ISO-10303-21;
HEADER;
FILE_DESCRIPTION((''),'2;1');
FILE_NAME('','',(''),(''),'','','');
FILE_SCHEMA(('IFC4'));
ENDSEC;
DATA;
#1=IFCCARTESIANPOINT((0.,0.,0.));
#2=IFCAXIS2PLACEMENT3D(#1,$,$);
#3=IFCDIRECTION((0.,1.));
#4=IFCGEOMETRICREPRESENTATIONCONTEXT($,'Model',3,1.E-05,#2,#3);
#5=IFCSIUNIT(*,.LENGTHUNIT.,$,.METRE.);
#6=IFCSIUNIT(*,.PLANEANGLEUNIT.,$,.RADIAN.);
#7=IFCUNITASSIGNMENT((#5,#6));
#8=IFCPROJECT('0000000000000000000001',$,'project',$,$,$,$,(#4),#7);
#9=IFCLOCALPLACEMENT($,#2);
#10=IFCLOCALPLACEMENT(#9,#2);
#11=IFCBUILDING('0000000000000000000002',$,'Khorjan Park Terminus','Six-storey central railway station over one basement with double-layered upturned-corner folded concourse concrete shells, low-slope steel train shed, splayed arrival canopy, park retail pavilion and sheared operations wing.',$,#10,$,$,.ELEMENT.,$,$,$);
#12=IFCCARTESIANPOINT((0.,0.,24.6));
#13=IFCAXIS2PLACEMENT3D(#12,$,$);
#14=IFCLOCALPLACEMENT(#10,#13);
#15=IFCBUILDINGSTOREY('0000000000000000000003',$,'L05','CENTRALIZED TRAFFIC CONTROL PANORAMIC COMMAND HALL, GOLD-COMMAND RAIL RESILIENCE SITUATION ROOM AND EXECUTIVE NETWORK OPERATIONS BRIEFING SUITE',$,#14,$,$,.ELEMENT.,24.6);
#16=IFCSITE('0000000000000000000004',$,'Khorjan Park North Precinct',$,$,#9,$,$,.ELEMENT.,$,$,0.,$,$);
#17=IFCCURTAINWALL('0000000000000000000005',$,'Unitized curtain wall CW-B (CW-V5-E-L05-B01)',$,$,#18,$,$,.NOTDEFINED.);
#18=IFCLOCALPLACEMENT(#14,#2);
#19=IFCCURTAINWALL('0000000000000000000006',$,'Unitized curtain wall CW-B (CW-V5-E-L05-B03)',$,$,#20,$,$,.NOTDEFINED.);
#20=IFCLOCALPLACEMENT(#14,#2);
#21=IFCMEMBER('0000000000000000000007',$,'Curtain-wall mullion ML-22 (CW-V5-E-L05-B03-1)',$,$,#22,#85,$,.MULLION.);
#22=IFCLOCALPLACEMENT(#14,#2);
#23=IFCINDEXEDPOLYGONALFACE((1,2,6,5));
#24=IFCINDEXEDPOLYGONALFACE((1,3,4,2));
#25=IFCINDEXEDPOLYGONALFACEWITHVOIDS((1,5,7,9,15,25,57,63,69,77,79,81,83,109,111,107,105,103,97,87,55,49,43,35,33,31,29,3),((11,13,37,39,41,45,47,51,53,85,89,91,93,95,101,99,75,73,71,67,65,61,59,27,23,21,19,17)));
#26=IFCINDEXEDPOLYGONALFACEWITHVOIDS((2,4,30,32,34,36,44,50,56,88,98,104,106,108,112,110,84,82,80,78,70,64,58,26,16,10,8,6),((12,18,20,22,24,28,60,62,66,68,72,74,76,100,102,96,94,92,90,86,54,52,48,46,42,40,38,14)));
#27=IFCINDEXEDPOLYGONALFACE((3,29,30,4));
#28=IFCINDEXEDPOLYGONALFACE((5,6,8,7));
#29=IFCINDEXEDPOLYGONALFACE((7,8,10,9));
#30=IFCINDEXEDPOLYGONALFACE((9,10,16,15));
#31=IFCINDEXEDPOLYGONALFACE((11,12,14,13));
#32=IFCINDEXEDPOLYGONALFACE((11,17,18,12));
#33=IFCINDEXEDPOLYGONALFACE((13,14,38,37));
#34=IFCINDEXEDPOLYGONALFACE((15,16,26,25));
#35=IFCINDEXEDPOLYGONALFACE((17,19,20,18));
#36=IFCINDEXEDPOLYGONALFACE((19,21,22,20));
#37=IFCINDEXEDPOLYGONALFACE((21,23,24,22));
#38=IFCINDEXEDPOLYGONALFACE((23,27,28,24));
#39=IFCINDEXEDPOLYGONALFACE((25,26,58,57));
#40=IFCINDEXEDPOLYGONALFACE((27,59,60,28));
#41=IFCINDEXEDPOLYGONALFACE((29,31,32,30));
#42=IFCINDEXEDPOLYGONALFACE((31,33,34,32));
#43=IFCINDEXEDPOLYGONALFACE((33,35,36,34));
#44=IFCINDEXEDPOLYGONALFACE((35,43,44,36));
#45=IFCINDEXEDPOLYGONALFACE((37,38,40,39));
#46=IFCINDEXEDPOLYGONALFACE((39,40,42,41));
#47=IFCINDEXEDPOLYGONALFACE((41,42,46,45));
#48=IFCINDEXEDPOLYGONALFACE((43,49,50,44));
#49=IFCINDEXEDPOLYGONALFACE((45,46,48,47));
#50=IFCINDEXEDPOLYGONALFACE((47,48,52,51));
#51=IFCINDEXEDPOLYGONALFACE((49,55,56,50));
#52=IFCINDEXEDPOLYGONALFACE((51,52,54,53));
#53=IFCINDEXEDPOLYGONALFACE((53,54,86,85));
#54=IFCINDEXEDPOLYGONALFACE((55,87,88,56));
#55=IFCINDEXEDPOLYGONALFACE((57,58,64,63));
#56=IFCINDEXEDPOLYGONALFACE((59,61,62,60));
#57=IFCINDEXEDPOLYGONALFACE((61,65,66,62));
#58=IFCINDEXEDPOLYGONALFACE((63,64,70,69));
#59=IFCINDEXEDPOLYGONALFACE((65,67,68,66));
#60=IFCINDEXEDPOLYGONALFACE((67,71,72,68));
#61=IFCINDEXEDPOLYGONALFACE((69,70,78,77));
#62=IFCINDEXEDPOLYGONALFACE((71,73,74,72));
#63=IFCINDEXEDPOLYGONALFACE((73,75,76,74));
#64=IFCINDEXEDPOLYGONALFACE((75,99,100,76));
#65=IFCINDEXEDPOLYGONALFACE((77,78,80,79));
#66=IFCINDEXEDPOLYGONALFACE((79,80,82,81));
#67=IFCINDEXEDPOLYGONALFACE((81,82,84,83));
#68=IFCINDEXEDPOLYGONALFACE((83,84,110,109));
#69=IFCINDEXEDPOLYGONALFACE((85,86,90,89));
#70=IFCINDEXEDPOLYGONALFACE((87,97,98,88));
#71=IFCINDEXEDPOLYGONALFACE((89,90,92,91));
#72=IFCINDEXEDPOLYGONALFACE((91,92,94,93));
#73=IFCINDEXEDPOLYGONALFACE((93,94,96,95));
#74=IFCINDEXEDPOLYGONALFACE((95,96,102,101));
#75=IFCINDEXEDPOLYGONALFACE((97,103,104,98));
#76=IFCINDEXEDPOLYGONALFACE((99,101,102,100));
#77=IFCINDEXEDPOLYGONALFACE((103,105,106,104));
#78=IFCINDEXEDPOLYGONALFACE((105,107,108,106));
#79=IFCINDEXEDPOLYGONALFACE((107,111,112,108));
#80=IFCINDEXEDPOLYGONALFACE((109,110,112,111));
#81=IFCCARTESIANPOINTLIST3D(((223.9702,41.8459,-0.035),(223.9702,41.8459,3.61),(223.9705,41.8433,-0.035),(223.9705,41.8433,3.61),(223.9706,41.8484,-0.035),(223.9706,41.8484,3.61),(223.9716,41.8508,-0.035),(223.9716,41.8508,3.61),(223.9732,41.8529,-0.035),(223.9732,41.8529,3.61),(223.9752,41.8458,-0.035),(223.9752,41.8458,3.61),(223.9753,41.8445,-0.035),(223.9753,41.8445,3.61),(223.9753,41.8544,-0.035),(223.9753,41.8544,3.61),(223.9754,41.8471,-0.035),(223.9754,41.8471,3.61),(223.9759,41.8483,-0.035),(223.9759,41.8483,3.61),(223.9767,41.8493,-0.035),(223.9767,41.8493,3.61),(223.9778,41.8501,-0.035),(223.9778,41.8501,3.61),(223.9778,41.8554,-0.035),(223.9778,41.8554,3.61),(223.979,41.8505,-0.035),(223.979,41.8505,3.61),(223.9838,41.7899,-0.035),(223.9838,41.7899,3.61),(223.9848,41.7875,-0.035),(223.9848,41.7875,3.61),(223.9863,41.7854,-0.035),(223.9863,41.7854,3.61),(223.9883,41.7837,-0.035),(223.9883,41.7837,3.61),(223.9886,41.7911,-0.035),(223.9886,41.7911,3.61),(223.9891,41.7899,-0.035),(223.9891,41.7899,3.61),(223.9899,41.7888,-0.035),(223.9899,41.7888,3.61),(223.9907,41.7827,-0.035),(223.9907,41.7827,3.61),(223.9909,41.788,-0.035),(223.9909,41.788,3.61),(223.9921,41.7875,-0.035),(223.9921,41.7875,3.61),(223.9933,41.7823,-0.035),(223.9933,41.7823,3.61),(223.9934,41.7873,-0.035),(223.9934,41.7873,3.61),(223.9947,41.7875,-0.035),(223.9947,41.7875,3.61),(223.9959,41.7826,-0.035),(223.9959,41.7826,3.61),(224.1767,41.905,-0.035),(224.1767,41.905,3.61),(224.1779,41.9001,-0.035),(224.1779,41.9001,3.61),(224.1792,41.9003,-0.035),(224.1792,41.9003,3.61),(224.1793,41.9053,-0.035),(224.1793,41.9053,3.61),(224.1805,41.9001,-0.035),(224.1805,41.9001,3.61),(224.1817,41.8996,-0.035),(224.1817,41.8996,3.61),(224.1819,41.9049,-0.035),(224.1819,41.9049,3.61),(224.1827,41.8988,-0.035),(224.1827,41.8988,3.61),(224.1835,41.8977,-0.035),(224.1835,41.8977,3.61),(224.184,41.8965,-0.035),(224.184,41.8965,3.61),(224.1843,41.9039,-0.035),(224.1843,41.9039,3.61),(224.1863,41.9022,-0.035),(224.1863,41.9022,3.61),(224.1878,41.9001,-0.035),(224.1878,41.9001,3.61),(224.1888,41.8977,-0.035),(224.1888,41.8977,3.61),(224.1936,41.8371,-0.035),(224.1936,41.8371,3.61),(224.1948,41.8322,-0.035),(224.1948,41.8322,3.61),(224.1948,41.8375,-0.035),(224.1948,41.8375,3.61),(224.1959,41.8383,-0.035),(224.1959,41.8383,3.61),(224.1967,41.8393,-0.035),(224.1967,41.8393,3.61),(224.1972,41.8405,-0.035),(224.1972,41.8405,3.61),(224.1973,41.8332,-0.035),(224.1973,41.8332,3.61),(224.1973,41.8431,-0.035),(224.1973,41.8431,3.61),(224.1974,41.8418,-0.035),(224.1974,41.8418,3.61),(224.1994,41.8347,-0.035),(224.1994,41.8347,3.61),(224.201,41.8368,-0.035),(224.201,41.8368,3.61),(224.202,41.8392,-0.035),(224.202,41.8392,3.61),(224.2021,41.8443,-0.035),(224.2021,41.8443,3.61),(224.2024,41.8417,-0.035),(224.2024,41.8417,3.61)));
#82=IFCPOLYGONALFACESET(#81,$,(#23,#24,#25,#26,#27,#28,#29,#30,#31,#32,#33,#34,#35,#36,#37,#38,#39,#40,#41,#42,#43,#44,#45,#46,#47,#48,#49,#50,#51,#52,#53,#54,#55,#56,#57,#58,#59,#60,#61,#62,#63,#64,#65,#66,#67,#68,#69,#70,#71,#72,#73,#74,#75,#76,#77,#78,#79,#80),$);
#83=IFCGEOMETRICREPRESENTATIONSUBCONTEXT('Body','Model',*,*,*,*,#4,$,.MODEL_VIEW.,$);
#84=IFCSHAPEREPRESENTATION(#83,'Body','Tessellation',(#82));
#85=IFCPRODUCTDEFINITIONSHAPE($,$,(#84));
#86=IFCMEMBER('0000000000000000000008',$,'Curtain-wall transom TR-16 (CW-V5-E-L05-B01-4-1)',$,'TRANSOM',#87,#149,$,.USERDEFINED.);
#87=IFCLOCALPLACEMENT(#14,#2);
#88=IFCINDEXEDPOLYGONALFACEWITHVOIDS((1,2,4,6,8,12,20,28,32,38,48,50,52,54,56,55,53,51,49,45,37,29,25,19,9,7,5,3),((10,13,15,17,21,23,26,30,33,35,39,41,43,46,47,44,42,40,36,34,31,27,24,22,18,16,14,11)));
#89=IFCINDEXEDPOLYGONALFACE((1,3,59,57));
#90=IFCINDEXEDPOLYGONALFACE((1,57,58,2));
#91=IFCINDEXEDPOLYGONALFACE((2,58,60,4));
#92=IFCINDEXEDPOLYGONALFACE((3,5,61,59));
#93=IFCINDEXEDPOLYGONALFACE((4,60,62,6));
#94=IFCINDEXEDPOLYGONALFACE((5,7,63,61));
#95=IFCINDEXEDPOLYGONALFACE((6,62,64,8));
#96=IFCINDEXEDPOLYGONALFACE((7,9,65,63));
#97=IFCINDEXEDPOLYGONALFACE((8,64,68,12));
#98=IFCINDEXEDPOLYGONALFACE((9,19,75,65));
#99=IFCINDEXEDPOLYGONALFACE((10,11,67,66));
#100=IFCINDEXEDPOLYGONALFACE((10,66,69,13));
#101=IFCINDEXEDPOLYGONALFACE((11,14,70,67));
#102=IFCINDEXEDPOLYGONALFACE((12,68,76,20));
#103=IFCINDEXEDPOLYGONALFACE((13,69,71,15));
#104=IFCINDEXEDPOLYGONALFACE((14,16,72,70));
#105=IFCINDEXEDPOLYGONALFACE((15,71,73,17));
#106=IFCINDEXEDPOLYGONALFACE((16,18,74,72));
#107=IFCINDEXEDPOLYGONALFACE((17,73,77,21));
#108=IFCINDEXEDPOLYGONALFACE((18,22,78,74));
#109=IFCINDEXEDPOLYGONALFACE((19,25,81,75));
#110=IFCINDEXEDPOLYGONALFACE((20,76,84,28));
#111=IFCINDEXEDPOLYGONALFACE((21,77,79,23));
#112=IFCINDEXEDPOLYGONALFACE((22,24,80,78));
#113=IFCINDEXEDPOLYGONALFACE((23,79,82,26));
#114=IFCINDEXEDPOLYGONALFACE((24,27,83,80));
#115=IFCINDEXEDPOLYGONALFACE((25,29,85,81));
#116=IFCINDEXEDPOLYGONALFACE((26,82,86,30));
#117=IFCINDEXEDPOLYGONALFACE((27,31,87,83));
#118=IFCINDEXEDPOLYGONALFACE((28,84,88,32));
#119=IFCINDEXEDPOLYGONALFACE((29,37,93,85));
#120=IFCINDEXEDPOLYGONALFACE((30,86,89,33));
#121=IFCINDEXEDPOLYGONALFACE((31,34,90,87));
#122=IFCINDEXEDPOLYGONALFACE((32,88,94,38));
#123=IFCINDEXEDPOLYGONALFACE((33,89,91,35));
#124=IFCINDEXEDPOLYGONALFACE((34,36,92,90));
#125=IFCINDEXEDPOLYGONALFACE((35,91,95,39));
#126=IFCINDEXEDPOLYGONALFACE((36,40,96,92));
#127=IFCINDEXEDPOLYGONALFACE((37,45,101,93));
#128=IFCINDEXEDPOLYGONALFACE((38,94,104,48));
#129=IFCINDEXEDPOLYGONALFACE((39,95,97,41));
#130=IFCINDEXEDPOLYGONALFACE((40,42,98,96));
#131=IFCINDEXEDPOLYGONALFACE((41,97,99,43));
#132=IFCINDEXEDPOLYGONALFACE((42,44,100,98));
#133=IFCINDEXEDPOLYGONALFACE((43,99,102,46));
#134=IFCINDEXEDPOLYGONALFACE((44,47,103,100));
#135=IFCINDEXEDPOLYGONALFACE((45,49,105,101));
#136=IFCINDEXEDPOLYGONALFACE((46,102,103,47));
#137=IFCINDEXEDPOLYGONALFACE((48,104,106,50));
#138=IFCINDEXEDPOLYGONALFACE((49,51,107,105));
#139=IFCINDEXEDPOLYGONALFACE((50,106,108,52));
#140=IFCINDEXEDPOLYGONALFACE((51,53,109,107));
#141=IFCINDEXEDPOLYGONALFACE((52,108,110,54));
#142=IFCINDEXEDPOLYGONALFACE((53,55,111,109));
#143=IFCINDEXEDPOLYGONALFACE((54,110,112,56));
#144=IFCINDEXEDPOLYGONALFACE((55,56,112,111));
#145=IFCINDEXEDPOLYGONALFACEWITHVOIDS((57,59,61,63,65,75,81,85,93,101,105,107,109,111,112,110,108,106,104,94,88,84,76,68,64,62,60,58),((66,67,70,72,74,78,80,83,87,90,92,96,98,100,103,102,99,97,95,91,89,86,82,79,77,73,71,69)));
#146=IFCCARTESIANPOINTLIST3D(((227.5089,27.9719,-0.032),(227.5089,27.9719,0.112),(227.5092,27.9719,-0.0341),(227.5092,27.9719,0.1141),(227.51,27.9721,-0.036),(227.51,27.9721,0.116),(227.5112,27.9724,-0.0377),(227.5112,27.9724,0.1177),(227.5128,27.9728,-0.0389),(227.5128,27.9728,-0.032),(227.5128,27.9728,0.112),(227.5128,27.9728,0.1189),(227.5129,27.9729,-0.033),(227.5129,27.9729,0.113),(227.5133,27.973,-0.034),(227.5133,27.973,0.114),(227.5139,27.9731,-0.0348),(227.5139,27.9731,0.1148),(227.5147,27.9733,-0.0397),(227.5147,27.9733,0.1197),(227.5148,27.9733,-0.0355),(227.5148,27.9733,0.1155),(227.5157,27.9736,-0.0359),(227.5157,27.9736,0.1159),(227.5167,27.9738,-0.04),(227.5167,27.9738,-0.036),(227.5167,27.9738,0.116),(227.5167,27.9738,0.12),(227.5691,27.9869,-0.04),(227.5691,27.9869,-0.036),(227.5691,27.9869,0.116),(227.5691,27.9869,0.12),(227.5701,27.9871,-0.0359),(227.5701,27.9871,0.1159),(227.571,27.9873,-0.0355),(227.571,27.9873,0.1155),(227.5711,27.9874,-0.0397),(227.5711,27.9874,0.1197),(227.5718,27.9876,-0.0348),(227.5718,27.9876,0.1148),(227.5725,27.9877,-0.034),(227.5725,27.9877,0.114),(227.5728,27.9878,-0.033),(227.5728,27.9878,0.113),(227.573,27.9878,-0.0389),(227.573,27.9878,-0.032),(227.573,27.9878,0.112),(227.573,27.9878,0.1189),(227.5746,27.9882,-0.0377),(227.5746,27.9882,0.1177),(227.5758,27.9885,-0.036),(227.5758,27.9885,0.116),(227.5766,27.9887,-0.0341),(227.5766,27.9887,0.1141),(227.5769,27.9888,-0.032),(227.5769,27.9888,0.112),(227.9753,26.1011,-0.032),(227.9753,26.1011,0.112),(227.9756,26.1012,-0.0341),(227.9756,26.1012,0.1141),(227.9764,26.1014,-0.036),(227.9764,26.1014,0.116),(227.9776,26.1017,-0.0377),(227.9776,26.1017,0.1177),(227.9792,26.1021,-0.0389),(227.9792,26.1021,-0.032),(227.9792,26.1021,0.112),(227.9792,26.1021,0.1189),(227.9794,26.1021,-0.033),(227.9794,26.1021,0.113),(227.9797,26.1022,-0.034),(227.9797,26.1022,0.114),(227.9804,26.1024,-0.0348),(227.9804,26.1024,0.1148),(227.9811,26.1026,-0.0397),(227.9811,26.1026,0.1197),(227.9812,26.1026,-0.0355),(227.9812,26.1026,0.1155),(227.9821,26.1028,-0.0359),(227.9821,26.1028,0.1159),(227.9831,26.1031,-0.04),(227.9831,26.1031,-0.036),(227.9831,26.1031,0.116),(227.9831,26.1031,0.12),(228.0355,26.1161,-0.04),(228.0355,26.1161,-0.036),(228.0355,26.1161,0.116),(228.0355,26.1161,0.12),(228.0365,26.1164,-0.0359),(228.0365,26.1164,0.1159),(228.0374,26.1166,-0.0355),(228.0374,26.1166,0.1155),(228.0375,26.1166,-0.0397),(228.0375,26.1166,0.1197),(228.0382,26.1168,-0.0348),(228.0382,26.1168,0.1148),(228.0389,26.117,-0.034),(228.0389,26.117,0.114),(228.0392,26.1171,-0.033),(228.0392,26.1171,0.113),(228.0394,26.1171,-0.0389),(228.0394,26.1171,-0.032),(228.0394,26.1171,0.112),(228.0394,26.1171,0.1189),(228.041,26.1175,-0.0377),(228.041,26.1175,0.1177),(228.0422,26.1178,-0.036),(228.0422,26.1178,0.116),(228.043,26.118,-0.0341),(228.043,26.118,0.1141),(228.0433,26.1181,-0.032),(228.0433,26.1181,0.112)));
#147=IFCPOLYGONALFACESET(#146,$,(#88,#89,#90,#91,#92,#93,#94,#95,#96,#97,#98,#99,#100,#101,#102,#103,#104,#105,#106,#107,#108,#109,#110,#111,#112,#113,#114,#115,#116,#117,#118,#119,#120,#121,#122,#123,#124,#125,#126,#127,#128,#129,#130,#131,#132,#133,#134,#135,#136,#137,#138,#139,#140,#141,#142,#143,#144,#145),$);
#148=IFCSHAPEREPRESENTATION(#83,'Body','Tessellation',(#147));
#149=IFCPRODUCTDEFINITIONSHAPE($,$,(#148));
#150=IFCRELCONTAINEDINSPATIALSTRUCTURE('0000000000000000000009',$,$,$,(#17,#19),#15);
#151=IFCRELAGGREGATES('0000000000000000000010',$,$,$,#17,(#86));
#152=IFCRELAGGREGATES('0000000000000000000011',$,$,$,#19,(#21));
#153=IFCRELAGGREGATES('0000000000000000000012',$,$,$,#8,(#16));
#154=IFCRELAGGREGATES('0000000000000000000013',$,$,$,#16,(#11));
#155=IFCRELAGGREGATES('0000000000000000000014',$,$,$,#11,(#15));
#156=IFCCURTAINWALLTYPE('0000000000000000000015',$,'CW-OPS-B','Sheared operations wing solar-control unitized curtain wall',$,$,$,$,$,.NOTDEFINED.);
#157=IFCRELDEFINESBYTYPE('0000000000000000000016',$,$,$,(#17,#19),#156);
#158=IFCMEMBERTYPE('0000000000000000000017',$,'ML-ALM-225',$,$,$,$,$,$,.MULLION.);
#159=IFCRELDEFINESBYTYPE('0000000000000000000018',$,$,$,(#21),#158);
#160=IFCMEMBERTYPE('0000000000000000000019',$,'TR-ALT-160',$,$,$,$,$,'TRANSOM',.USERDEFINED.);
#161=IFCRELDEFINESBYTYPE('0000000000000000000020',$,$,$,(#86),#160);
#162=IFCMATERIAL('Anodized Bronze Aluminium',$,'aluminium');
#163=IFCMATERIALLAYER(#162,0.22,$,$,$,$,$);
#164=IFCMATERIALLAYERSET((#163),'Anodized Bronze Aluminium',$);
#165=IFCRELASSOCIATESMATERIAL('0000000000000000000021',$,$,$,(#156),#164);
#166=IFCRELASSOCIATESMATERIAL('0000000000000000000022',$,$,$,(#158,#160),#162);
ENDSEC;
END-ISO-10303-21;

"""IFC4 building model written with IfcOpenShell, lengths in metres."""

from ifc_helpers import new_model, si_unit, direction, frame, origin, origin_2d, place, context, subcontext, project, spatial, hollow_rectangle, extrude, material, layer, layer_set, material_profile, profile_set, type_object, element, aggregate, save


model = new_model("IFC4")

# Units and contexts
model_context = context("Model", 3, precision=1e-05, world=origin(), true_north=direction((0.0, 1.0)))
body_context = subcontext(model_context, "Body", "Model", "MODEL_VIEW")
ifc_project = project(units=[si_unit("LENGTHUNIT", "METRE"), si_unit("PLANEANGLEUNIT", "RADIAN")], contexts=[model_context])

# Site, building, storey
site_placement = place(None, origin())
site = spatial("IfcSite", under=ifc_project, at=site_placement, Name="Khorjan Park North Precinct", CompositionType="ELEMENT", RefElevation=0.0)
building_placement = place(site_placement, origin())
building = spatial("IfcBuilding", under=site, at=building_placement, Name="Khorjan Park Terminus", Description="Six-storey central railway station over one basement with double-layered upturned-corner folded concourse concrete shells, low-slope steel train shed, splayed arrival canopy, park retail pavilion and sheared operations wing.", CompositionType="ELEMENT")
storey_placement = place(building_placement, frame((0.0, 0.0, 24.6)))
storey = spatial("IfcBuildingStorey", under=building, at=storey_placement, Name="L05", Description="CENTRALIZED TRAFFIC CONTROL PANORAMIC COMMAND HALL, GOLD-COMMAND RAIL RESILIENCE SITUATION ROOM AND EXECUTIVE NETWORK OPERATIONS BRIEFING SUITE", CompositionType="ELEMENT", Elevation=24.6)

# Curtain walls, member
ifc_material_1 = material(Name="Anodized Bronze Aluminium", Category="aluminium")
ifc_layer_1 = layer(ifc_material_1, 0.22)
ifc_layer_set_1 = layer_set([ifc_layer_1], Name="Anodized Bronze Aluminium")
curtain_wall_type = type_object("IfcCurtainWallType", Name="CW-OPS-B", Description="Sheared operations wing solar-control unitized curtain wall", PredefinedType="NOTDEFINED", material=ifc_layer_set_1)
curtain_wall_1_placement = place(storey_placement, origin())
curtain_wall_1 = element("IfcCurtainWall", 1, at=curtain_wall_1_placement, inside=storey, type_object=curtain_wall_type, Name="Unitized curtain wall CW-B (CW-V5-E-L05-B01)", PredefinedType="NOTDEFINED")
ifc_material_profile_1 = material_profile(ifc_material_1, hollow_rectangle(XDim=0.075, YDim=0.225, WallThickness=0.005, InnerFilletRadius=0.005, OuterFilletRadius=0.01, at=origin_2d()), Name="ALM 75x225x5")
ifc_profile_set_1 = profile_set([ifc_material_profile_1], Name="Anodized Bronze Aluminium")
member_type_1 = type_object("IfcMemberType", Name="ML-ALM-225", PredefinedType="MULLION", material=ifc_profile_set_1)
curtain_wall_2_placement = place(storey_placement, origin())
curtain_wall_2 = element("IfcCurtainWall", 2, at=curtain_wall_2_placement, inside=storey, type_object=curtain_wall_type, Name="Unitized curtain wall CW-B (CW-V5-E-L05-B03)", PredefinedType="NOTDEFINED")
member_1_placement = place(storey_placement, frame((224.0863, 41.8438, -0.035), z_axis=(0.0, 0.0, 1.0), x_axis=(-0.241923, 0.970295, 0.0)))
member_1 = element("IfcMember", 3, at=member_1_placement, type_object=member_type_1, Name="Curtain-wall mullion ML-22 (CW-V5-E-L05-B03-1)", PredefinedType="MULLION", context=body_context, shape_type="SweptSolid", body=[
    extrude(hollow_rectangle(XDim=0.075, YDim=0.225, WallThickness=0.005, InnerFilletRadius=0.005, OuterFilletRadius=0.01, at=origin_2d()), origin(), (0.0, 0.0, 1.0), 3.645),
])

# Member
ifc_material_profile_2 = material_profile(ifc_material_1, hollow_rectangle(XDim=0.07, YDim=0.16, WallThickness=0.004, InnerFilletRadius=0.004, OuterFilletRadius=0.008, at=origin_2d()), Name="ALT 70x160x4")
ifc_profile_set_2 = profile_set([ifc_material_profile_2], Name="Anodized Bronze Aluminium")
member_type_2 = type_object("IfcMemberType", Name="TR-ALT-160", ElementType="TRANSOM", PredefinedType="USERDEFINED", material=ifc_profile_set_2)
member_2_placement = place(storey_placement, frame((228.0093, 26.1096, 0.04), z_axis=(-0.241913, 0.970298, 0.0), x_axis=(-0.970298, -0.241913, 0.0)))
member_2 = element("IfcMember", 4, at=member_2_placement, type_object=member_type_2, Name="Curtain-wall transom TR-16 (CW-V5-E-L05-B01-4-1)", ObjectType="TRANSOM", PredefinedType="USERDEFINED", context=body_context, shape_type="SweptSolid", body=[
    extrude(hollow_rectangle(XDim=0.07, YDim=0.16, WallThickness=0.004, InnerFilletRadius=0.004, OuterFilletRadius=0.008, at=origin_2d()), origin(), (0.0, 0.0, 1.0), 1.928),
])

aggregate(curtain_wall_1, [member_2])
aggregate(curtain_wall_2, [member_1])

save(model, "model.ifc")
